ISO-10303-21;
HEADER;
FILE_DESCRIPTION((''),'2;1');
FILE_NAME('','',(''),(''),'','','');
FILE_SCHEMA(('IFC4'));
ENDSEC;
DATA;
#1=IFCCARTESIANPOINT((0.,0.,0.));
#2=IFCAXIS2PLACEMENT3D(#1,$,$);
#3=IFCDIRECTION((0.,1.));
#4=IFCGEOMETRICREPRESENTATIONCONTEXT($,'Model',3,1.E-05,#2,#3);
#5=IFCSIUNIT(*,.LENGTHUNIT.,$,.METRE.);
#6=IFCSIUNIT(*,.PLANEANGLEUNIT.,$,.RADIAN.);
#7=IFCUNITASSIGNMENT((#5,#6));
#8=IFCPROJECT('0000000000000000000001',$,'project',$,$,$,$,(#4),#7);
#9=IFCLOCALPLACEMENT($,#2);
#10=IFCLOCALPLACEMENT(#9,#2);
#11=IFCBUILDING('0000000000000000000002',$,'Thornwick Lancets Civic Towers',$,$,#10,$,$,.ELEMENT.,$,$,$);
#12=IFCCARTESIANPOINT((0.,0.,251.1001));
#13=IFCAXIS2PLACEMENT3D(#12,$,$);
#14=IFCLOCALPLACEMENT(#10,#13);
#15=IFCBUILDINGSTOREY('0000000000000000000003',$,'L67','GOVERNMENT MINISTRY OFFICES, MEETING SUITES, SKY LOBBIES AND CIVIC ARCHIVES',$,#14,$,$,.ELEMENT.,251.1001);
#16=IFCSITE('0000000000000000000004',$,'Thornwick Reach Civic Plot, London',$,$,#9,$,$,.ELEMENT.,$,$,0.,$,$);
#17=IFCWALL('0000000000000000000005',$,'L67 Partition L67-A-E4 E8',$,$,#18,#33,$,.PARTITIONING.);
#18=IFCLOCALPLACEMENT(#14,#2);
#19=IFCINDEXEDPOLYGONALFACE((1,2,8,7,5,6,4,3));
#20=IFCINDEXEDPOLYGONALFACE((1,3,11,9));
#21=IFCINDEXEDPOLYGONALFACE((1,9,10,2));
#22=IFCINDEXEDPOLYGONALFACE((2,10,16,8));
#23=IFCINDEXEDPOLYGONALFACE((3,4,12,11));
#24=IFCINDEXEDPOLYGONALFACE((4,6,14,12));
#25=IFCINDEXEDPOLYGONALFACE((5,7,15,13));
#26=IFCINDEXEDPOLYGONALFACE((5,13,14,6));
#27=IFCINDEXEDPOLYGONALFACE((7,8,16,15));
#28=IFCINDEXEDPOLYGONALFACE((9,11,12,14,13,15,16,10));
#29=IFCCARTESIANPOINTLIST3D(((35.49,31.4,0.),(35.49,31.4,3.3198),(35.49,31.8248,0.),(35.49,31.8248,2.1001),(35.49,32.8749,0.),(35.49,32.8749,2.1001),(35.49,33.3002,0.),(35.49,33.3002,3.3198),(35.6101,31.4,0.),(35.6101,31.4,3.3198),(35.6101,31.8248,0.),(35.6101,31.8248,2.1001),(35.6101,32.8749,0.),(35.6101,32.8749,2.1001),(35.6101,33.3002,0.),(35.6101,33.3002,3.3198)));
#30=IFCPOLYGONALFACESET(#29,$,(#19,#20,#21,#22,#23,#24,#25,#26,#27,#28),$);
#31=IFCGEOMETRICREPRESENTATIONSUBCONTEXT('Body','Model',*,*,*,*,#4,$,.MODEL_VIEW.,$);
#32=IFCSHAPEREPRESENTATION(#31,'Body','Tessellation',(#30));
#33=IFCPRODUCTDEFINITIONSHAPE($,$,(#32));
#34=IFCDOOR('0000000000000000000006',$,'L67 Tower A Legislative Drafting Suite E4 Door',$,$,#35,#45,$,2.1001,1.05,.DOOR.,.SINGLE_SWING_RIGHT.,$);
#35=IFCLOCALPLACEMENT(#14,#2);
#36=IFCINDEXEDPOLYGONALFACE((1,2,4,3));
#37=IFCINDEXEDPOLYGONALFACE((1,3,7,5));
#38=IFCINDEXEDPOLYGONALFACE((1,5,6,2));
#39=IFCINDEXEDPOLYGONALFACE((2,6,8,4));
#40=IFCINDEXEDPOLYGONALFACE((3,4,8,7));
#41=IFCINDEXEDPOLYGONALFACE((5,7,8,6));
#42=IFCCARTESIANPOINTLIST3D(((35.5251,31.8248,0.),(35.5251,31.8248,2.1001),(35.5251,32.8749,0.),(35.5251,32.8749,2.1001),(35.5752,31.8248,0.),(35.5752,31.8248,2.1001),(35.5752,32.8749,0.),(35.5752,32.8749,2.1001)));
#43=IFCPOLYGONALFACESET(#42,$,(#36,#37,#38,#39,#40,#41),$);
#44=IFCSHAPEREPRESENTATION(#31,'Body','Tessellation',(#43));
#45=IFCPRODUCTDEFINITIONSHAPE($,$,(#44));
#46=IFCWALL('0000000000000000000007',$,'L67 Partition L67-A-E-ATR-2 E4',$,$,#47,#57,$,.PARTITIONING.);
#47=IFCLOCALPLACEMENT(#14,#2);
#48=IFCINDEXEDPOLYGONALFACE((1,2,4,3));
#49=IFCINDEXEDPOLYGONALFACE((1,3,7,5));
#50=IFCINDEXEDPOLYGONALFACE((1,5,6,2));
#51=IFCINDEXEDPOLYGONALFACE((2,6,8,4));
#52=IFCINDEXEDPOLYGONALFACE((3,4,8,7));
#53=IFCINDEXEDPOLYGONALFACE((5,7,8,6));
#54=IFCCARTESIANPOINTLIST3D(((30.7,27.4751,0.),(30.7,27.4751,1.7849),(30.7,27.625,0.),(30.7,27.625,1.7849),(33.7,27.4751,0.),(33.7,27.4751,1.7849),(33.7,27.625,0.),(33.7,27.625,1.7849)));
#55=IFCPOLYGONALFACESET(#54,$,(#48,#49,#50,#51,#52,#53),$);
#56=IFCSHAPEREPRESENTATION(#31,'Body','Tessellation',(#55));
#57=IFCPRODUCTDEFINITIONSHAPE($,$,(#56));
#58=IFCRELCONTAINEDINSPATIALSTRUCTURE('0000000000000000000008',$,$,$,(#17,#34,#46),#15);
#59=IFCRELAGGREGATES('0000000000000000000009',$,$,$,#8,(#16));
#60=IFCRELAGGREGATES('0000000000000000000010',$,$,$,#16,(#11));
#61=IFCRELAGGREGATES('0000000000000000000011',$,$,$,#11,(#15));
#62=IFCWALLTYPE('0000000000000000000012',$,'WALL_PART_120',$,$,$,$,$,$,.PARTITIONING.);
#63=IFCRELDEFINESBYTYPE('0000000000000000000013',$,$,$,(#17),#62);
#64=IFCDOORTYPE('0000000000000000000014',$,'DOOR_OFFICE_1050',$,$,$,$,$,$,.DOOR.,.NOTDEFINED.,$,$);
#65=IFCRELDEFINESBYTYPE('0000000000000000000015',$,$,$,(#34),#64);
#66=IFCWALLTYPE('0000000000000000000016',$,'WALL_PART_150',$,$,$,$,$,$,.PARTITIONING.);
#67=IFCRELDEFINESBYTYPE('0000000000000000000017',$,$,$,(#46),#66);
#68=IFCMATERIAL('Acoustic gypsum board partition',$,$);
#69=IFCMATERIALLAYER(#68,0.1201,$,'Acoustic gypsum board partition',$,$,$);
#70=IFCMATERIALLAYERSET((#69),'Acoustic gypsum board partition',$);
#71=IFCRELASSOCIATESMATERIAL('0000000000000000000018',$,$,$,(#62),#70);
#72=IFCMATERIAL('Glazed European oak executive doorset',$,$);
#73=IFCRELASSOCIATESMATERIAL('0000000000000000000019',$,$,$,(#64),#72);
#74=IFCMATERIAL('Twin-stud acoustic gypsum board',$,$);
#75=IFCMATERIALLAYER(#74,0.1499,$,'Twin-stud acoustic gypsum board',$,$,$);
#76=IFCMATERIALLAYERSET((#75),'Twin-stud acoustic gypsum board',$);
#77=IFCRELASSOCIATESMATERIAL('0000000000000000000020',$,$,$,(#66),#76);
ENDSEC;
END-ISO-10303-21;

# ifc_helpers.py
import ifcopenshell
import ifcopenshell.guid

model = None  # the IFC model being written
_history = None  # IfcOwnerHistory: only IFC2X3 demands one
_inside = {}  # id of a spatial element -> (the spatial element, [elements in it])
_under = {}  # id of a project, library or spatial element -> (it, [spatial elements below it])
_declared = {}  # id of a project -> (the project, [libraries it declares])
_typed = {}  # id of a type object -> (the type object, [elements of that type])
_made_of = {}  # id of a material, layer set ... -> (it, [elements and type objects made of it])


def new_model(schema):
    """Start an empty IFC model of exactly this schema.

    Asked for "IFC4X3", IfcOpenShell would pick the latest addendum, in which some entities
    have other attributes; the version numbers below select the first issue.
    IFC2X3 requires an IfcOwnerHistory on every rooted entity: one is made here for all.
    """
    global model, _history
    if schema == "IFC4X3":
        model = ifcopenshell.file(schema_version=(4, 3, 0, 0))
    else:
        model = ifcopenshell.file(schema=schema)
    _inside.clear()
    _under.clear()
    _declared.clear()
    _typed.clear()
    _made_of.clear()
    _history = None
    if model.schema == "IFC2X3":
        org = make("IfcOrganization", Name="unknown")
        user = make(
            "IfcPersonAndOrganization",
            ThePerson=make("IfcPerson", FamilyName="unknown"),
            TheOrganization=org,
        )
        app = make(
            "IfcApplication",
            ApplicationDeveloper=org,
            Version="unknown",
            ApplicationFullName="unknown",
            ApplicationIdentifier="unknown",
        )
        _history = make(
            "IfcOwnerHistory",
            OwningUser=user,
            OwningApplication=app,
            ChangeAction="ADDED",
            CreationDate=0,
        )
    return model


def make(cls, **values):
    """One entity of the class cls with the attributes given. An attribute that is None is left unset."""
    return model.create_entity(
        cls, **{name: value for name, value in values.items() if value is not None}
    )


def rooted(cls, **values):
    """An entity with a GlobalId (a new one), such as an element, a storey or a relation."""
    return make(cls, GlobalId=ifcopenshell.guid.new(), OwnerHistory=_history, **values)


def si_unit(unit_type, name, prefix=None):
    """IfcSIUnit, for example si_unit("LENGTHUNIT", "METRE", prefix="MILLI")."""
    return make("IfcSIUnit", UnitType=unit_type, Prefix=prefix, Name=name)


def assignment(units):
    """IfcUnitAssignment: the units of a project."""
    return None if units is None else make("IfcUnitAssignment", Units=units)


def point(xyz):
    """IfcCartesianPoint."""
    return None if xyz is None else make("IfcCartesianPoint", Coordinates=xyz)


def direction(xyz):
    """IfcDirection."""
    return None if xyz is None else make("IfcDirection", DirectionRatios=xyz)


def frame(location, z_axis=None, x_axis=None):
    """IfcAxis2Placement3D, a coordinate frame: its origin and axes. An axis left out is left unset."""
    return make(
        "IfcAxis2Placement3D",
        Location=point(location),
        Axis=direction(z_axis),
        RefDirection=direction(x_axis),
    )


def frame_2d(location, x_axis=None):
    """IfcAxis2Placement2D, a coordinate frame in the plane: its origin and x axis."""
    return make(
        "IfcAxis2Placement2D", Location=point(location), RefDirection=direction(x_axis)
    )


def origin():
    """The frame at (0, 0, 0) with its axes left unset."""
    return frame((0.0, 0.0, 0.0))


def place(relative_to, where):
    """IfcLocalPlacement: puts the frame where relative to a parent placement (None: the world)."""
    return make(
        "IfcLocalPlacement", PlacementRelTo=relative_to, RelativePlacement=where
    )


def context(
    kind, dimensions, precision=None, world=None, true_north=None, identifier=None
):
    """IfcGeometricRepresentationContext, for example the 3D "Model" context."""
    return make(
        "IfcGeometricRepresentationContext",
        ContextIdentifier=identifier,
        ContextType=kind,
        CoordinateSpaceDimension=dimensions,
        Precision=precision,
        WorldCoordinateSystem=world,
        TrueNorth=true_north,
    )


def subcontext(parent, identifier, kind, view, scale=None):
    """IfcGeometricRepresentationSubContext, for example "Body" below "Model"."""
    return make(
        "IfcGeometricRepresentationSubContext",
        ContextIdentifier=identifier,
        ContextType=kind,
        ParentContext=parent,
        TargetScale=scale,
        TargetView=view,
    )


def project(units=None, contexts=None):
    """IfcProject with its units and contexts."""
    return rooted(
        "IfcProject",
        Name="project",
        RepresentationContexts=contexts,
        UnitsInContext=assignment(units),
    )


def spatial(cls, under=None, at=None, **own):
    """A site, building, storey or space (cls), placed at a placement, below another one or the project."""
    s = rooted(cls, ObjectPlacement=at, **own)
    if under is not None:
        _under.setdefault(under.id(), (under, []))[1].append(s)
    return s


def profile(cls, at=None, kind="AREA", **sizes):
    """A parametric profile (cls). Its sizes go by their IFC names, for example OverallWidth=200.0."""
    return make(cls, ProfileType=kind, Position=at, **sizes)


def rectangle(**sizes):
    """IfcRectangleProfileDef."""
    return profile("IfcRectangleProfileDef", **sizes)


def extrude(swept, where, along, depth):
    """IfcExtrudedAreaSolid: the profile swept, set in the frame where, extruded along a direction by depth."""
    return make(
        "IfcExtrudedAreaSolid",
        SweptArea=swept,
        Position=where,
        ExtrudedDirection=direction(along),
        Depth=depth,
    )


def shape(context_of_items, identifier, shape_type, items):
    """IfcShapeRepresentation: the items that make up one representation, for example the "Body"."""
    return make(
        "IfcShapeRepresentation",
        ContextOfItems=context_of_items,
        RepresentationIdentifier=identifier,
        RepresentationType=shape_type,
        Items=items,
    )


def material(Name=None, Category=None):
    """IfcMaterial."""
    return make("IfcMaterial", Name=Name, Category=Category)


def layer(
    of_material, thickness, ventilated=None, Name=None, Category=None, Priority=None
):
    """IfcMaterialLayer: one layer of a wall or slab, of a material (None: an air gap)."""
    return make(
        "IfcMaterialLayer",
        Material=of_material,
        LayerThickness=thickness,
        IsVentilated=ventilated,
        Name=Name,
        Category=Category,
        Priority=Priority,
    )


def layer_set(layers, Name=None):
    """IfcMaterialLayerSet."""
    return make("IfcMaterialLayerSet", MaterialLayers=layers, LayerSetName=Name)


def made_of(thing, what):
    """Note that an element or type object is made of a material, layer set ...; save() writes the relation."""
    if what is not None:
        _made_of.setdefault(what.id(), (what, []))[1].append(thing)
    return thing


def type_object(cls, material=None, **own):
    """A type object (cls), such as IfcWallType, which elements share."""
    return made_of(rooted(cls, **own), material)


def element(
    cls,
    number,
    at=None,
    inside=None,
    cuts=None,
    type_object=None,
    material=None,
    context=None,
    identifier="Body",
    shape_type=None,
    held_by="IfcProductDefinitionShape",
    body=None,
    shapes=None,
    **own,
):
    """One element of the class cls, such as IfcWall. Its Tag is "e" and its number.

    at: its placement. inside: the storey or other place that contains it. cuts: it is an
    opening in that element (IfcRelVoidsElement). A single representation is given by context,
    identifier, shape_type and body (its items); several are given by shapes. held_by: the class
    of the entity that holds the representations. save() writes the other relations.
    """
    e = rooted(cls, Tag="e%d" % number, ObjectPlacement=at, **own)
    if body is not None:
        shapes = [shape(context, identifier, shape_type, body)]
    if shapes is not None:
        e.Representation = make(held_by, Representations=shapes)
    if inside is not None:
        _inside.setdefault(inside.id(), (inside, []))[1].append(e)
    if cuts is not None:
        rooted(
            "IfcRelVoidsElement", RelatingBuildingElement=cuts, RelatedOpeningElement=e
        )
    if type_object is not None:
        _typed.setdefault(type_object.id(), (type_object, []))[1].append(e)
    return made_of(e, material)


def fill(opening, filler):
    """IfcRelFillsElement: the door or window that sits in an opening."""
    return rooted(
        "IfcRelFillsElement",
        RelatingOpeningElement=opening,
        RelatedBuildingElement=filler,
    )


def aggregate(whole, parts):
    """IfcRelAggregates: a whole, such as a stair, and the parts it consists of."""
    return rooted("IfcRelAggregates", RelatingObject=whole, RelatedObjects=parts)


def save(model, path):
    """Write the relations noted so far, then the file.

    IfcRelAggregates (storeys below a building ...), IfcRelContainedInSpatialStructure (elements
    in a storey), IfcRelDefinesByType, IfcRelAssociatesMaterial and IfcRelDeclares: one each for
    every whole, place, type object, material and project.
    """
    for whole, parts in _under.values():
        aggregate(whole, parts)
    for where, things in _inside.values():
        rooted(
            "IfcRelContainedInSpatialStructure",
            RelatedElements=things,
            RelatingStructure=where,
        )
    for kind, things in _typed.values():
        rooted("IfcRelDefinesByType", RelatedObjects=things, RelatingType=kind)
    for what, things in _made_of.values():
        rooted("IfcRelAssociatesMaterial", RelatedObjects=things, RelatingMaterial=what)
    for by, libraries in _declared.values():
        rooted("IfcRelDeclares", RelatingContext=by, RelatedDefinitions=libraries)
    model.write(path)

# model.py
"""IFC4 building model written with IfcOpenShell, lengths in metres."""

from ifc_helpers import new_model, si_unit, direction, frame, frame_2d, origin, place, context, subcontext, project, spatial, rectangle, extrude, material, layer, layer_set, type_object, element, fill, save


model = new_model("IFC4")

# Units and contexts
model_context = context("Model", 3, precision=1e-05, world=origin(), true_north=direction((0.0, 1.0)))
body_context = subcontext(model_context, "Body", "Model", "MODEL_VIEW")
ifc_project = project(units=[si_unit("LENGTHUNIT", "METRE"), si_unit("PLANEANGLEUNIT", "RADIAN")], contexts=[model_context])

# Site, building, storey
site_placement = place(None, origin())
site = spatial("IfcSite", under=ifc_project, at=site_placement, Name="Thornwick Reach Civic Plot, London", CompositionType="ELEMENT", RefElevation=0.0)
building_placement = place(site_placement, origin())
building = spatial("IfcBuilding", under=site, at=building_placement, Name="Thornwick Lancets Civic Towers", CompositionType="ELEMENT")
storey_placement = place(building_placement, frame((0.0, 0.0, 251.1001)))
storey = spatial("IfcBuildingStorey", under=building, at=storey_placement, Name="L67", Description="GOVERNMENT MINISTRY OFFICES, MEETING SUITES, SKY LOBBIES AND CIVIC ARCHIVES", CompositionType="ELEMENT", Elevation=251.1001)

# Shared definitions
ifc_material_1 = material(Name="Acoustic gypsum board partition")
ifc_layer_1 = layer(ifc_material_1, 0.1201, Name="Acoustic gypsum board partition")
ifc_layer_set_1 = layer_set([ifc_layer_1], Name="Acoustic gypsum board partition")
wall_type_1 = type_object("IfcWallType", Name="WALL_PART_120", PredefinedType="PARTITIONING", material=ifc_layer_set_1)

# Wall, opening, door
wall_1_placement = place(storey_placement, frame((35.55, 31.3999, 0.0), z_axis=(0.0, 0.0, 1.0), x_axis=(0.0, 1.0, 0.0)))
wall_1 = element("IfcWall", 1, at=wall_1_placement, inside=storey, type_object=wall_type_1, Name="L67 Partition L67-A-E4 E8", PredefinedType="PARTITIONING", context=body_context, shape_type="SweptSolid", body=[
    extrude(rectangle(XDim=1.9001, YDim=0.1201, at=frame_2d((0.9502, 0.0))), origin(), (0.0, 0.0, 1.0), 3.3198),
])
opening_1_placement = place(wall_1_placement, frame((0.425, 0.0, 0.0)))
opening_1 = element("IfcOpeningElement", 2, at=opening_1_placement, cuts=wall_1, PredefinedType="OPENING", context=body_context, shape_type="SweptSolid", body=[
    extrude(rectangle(XDim=1.05, YDim=2.1001, at=frame_2d((0.5249, 1.05))), frame((0.0, 0.0701, 0.0), z_axis=(0.0, -1.0, 0.0), x_axis=(1.0, 0.0, 0.0)), (0.0, 0.0, 1.0), 0.1401),
])
ifc_material_2 = material(Name="Glazed European oak executive doorset")
door_type_1 = type_object("IfcDoorType", Name="DOOR_OFFICE_1050", OperationType="NOTDEFINED", PredefinedType="DOOR", material=ifc_material_2)
door_1_placement = place(opening_1_placement, origin())
door_1 = element("IfcDoor", 3, at=door_1_placement, inside=storey, type_object=door_type_1, Name="L67 Tower A Legislative Drafting Suite E4 Door", OperationType="SINGLE_SWING_RIGHT", OverallHeight=2.1001, OverallWidth=1.05, PredefinedType="DOOR", context=body_context, shape_type="SweptSolid", body=[
    extrude(rectangle(XDim=1.05, YDim=2.1001, at=frame_2d((0.5249, 1.05))), frame((0.0, 0.0249, 0.0), z_axis=(0.0, -1.0, 0.0), x_axis=(1.0, 0.0, 0.0)), (0.0, 0.0, 1.0), 0.05),
])
fill(opening_1, door_1)
ifc_material_3 = material(Name="Twin-stud acoustic gypsum board")
ifc_layer_2 = layer(ifc_material_3, 0.1499, Name="Twin-stud acoustic gypsum board")
ifc_layer_set_2 = layer_set([ifc_layer_2], Name="Twin-stud acoustic gypsum board")
wall_type_2 = type_object("IfcWallType", Name="WALL_PART_150", PredefinedType="PARTITIONING", material=ifc_layer_set_2)

# Wall
wall_2_placement = place(storey_placement, frame((33.7, 27.55, 0.0), z_axis=(0.0, 0.0, 1.0), x_axis=(-1.0, 0.0, 0.0)))
element("IfcWall", 4, at=wall_2_placement, inside=storey, type_object=wall_type_2, Name="L67 Partition L67-A-E-ATR-2 E4", PredefinedType="PARTITIONING", context=body_context, shape_type="SweptSolid", body=[
    extrude(rectangle(XDim=3.0, YDim=0.1499, at=frame_2d((1.5, 0.0))), origin(), (0.0, 0.0, 1.0), 1.7849),
])

save(model, "model.ifc")
